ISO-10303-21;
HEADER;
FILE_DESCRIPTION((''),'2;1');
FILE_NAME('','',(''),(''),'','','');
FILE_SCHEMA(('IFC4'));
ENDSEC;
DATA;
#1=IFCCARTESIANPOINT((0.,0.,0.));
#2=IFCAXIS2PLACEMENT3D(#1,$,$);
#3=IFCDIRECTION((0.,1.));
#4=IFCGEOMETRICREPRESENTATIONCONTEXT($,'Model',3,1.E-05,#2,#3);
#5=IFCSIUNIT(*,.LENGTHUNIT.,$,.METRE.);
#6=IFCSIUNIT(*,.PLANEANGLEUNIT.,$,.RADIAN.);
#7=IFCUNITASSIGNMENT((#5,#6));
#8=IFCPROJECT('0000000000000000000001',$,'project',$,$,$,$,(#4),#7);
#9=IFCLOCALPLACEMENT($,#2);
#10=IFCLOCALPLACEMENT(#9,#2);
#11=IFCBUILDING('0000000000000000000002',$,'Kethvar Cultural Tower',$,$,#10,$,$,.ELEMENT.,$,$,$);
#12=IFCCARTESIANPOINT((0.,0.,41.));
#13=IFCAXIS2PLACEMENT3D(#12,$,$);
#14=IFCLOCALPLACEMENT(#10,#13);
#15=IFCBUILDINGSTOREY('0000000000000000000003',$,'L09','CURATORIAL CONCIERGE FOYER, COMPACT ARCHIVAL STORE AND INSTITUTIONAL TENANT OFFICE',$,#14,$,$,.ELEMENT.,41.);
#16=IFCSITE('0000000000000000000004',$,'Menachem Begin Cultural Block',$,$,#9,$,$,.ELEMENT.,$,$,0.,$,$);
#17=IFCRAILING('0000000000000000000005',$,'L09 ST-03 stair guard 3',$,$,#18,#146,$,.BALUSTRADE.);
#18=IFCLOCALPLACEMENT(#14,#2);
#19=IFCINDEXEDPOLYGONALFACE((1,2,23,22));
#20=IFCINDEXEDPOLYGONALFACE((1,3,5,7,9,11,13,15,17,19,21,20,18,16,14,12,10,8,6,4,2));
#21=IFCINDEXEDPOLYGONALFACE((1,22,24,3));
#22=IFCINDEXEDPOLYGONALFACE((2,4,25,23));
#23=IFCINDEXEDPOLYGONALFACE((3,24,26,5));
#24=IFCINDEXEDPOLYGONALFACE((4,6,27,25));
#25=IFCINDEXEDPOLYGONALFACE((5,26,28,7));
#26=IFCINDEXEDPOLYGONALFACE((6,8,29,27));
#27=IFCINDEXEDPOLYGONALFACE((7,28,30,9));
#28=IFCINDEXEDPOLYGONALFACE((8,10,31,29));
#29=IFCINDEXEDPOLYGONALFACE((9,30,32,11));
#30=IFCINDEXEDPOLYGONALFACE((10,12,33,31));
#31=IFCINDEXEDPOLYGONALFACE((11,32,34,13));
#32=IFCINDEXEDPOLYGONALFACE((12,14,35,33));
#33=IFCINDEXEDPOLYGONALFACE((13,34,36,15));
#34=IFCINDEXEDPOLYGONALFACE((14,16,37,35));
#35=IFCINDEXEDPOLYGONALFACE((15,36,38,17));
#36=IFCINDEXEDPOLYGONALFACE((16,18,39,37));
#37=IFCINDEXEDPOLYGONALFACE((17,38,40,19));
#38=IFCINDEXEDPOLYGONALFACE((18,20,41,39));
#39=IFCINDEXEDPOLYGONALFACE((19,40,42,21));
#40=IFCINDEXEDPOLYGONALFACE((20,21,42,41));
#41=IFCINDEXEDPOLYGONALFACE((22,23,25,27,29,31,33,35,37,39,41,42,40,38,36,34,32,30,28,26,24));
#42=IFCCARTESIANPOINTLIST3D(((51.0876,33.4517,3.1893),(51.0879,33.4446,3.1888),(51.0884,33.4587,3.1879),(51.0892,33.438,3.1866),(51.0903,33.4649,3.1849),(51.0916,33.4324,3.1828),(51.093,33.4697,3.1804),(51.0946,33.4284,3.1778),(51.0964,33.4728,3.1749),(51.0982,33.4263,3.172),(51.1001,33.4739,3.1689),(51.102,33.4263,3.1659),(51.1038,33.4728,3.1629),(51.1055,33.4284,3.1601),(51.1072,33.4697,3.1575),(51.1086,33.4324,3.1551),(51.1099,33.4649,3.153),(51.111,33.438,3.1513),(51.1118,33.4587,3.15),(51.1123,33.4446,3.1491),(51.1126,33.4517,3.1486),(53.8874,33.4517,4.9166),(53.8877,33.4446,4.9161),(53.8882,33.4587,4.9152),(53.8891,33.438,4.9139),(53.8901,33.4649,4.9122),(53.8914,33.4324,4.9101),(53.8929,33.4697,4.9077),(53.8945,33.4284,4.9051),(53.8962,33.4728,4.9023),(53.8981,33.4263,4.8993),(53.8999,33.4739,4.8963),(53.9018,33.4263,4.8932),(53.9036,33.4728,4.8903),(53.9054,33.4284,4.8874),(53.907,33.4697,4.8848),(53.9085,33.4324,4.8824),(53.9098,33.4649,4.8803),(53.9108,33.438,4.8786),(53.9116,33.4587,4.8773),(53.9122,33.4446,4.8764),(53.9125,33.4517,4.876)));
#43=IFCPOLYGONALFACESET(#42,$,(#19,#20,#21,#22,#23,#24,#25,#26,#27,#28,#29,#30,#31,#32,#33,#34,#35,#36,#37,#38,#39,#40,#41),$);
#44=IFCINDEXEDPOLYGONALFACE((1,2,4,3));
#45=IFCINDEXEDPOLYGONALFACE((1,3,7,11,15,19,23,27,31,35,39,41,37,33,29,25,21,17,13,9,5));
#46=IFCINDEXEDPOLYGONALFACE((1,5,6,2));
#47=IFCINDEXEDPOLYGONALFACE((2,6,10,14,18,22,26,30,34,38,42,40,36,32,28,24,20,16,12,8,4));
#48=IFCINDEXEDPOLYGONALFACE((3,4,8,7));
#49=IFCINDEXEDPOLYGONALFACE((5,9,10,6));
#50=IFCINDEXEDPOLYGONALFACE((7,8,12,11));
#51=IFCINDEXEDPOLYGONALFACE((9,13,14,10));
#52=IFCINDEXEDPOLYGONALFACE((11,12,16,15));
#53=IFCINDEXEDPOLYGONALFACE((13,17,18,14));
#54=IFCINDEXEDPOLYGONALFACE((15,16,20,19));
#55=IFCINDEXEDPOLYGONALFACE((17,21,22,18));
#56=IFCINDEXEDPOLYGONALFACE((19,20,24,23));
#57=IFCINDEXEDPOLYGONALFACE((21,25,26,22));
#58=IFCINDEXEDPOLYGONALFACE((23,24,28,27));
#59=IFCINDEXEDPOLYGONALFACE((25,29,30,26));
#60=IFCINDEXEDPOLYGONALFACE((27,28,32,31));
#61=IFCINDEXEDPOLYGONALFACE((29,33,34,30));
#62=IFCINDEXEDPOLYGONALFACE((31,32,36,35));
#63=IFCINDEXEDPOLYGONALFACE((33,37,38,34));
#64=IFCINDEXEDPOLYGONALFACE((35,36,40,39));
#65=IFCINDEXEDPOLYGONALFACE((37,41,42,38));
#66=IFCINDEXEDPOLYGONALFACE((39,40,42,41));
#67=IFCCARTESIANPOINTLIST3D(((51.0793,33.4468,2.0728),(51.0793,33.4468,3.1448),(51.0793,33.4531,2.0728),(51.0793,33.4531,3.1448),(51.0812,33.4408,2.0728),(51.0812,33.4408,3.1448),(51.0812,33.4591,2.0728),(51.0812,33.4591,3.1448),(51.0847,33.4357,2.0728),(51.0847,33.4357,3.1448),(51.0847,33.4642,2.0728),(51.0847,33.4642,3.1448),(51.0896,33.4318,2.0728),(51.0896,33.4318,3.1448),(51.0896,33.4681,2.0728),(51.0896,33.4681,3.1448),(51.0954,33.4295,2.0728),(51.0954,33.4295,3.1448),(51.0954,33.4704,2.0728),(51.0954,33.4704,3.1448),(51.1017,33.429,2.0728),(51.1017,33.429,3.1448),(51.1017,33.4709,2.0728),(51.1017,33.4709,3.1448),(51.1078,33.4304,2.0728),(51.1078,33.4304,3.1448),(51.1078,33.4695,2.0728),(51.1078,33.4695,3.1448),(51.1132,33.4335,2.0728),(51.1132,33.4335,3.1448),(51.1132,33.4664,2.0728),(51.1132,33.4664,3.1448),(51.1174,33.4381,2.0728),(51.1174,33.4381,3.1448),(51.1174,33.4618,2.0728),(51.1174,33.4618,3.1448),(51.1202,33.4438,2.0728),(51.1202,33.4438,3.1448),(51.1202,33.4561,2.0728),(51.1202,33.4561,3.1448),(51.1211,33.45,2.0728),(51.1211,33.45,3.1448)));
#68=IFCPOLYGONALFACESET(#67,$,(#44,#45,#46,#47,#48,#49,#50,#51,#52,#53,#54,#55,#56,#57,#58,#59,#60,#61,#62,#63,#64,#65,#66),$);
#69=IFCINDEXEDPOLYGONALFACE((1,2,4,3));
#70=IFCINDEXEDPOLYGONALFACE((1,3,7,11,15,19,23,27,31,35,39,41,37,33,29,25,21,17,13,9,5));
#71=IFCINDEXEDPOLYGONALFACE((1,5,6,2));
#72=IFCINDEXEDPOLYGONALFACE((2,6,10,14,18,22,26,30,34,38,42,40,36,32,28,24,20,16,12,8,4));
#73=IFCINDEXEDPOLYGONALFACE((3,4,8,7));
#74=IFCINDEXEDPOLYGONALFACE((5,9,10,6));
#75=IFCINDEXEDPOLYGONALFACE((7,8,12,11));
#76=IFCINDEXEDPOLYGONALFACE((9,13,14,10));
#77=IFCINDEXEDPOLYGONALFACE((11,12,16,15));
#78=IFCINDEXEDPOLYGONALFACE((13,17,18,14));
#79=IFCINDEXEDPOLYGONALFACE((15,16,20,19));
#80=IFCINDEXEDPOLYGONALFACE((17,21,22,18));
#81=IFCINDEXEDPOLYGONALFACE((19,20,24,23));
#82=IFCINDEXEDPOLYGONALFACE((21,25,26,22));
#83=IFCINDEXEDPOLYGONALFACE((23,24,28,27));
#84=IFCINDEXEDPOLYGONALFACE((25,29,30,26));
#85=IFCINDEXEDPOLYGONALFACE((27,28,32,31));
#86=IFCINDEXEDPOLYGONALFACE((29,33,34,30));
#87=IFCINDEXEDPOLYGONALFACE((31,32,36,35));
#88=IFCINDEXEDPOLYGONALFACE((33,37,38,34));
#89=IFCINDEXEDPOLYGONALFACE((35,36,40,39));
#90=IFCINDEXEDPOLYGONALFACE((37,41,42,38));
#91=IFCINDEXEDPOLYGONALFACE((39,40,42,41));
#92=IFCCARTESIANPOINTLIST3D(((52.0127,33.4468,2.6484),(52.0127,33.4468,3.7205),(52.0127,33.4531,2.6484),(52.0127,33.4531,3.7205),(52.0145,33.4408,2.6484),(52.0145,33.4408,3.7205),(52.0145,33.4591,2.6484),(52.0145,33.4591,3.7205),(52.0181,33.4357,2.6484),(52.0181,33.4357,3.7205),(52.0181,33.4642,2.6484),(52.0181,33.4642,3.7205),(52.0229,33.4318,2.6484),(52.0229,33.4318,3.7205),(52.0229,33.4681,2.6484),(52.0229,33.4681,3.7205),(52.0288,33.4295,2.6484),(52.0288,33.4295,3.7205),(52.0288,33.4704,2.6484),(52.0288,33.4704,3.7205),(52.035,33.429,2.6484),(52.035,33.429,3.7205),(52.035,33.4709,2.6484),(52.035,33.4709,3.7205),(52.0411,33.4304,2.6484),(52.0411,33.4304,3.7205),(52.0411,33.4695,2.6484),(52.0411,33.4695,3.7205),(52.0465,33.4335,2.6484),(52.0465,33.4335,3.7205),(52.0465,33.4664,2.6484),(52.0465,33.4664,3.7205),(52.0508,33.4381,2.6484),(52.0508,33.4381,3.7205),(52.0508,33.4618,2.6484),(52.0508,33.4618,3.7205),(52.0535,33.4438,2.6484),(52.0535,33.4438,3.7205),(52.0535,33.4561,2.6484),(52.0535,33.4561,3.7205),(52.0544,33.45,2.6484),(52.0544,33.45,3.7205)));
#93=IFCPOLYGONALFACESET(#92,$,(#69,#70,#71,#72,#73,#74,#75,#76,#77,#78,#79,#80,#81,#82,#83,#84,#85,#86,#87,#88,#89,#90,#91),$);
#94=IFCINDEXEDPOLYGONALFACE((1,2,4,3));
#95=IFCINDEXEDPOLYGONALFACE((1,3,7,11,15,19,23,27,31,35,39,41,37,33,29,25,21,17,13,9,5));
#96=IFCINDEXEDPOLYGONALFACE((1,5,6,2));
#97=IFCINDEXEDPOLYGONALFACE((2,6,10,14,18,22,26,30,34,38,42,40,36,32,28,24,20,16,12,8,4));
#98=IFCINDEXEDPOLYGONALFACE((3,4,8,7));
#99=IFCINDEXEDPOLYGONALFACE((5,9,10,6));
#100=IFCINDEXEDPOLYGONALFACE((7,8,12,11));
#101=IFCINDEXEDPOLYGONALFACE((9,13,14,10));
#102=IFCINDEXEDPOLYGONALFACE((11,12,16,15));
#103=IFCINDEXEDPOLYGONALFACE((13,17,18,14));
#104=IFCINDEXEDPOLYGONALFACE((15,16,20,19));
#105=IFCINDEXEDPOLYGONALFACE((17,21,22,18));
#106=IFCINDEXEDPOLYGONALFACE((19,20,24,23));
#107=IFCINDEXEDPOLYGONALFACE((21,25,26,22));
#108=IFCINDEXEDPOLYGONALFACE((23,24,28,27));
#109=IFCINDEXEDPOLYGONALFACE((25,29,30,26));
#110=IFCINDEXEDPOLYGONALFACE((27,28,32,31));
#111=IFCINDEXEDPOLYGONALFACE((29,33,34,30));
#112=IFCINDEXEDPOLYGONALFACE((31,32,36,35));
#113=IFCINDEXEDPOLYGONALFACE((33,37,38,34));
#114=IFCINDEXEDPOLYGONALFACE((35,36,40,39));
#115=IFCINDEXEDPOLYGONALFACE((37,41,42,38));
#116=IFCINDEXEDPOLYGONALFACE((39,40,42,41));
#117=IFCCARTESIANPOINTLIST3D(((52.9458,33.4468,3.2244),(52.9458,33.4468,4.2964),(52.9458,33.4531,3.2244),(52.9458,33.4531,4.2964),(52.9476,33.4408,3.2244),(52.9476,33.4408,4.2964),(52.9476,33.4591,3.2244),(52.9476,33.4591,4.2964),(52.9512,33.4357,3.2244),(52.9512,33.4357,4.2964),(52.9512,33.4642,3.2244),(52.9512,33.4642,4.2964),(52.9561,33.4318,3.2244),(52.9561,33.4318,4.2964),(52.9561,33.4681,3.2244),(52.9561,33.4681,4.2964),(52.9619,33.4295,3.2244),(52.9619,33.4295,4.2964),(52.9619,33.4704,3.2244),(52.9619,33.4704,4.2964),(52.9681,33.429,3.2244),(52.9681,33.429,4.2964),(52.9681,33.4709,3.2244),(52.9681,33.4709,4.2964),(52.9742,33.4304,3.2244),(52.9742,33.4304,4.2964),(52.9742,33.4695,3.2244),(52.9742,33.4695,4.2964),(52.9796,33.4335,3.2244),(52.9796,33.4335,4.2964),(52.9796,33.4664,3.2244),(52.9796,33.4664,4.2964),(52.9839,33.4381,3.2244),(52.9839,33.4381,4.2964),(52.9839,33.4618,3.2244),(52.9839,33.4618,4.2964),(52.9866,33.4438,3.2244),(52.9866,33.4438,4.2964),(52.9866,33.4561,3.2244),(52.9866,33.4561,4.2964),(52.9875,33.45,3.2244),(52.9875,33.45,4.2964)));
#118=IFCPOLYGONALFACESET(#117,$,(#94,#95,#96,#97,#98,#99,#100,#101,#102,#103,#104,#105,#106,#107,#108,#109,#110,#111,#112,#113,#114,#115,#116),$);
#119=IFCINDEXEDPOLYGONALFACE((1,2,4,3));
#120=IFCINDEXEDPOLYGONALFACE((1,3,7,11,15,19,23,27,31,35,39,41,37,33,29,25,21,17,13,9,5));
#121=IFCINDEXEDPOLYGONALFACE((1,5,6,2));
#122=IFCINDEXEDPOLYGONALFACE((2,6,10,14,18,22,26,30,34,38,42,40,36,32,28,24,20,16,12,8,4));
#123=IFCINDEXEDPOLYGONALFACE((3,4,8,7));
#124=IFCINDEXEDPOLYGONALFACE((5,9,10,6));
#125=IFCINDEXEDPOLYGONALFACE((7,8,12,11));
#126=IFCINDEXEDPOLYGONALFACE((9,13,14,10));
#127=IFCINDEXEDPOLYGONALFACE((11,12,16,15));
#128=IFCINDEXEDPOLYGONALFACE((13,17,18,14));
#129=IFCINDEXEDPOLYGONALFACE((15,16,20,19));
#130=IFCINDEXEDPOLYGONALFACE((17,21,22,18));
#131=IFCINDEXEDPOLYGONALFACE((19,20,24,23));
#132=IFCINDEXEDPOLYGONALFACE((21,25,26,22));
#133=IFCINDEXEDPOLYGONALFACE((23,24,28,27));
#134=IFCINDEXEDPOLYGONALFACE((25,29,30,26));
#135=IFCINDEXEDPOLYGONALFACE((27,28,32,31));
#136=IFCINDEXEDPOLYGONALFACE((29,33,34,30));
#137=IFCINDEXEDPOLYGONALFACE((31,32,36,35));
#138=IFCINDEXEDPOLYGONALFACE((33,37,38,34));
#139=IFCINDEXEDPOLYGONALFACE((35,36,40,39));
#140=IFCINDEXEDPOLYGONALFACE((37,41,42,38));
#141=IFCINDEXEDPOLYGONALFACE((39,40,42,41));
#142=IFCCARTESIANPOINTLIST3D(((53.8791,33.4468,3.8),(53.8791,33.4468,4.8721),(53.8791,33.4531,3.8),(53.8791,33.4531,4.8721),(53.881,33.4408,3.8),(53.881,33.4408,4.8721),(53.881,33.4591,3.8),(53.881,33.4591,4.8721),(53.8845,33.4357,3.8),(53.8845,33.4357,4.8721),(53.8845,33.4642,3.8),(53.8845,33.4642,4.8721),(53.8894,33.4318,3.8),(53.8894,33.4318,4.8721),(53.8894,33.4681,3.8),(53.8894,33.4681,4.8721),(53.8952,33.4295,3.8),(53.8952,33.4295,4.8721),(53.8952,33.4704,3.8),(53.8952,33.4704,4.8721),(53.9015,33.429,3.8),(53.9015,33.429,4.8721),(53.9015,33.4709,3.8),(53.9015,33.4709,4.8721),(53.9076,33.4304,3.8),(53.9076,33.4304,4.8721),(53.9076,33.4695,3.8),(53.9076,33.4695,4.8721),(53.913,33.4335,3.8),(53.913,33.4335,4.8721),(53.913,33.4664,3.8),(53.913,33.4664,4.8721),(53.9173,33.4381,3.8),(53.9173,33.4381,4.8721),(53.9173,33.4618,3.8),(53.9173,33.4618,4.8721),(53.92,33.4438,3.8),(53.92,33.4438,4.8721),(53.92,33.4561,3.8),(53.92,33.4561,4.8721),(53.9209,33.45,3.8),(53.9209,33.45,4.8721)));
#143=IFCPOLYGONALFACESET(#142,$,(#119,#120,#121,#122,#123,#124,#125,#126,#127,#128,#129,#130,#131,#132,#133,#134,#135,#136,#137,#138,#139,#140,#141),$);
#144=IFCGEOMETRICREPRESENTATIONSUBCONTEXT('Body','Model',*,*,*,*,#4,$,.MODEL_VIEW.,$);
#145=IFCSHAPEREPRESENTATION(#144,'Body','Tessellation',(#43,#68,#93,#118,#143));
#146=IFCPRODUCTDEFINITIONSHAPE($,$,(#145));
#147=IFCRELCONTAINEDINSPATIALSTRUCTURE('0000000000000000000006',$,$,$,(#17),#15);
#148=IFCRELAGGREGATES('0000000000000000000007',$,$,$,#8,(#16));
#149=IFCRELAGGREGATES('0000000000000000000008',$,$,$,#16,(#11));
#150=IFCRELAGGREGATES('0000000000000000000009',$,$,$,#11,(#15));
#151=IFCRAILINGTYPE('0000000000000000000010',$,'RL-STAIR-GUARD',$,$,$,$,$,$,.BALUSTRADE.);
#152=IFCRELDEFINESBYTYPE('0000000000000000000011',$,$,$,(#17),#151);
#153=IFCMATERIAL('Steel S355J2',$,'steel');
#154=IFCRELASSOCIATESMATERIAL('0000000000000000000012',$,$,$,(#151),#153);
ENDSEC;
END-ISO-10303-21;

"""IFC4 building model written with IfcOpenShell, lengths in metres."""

from ifc_helpers import new_model, si_unit, direction, frame, origin, origin_2d, place, context, subcontext, project, spatial, circle, extrude, material, type_object, element, save


model = new_model("IFC4")

# Units and contexts
model_context = context("Model", 3, precision=1e-05, world=origin(), true_north=direction((0.0, 1.0)))
body_context = subcontext(model_context, "Body", "Model", "MODEL_VIEW")
ifc_project = project(units=[si_unit("LENGTHUNIT", "METRE"), si_unit("PLANEANGLEUNIT", "RADIAN")], contexts=[model_context])

# Site, building, storey
site_placement = place(None, origin())
site = spatial("IfcSite", under=ifc_project, at=site_placement, Name="Menachem Begin Cultural Block", CompositionType="ELEMENT", RefElevation=0.0)
building_placement = place(site_placement, origin())
building = spatial("IfcBuilding", under=site, at=building_placement, Name="Kethvar Cultural Tower", CompositionType="ELEMENT")
storey_placement = place(building_placement, frame((0.0, 0.0, 41.0)))
storey = spatial("IfcBuildingStorey", under=building, at=storey_placement, Name="L09", Description="CURATORIAL CONCIERGE FOYER, COMPACT ARCHIVAL STORE AND INSTITUTIONAL TENANT OFFICE", CompositionType="ELEMENT", Elevation=41.0)

# Shared definitions
ifc_material_1 = material(Name="Steel S355J2", Category="steel")

# Railing
railing_type_1 = type_object("IfcRailingType", Name="RL-STAIR-GUARD", PredefinedType="BALUSTRADE", material=ifc_material_1)
railing_1_placement = place(storey_placement, frame((51.1001, 33.45, 2.0728)))
element("IfcRailing", 1, at=railing_1_placement, inside=storey, type_object=railing_type_1, Name="L09 ST-03 stair guard 3", PredefinedType="BALUSTRADE", context=body_context, shape_type="SweptSolid", body=[
    extrude(circle(Radius=0.0239, at=origin_2d()), frame((0.0, 0.0, 1.0962), z_axis=(0.851069, 0.0, 0.525054), x_axis=(0.0, 1.0, 0.0)), (0.0, 0.0, 1.0), 3.2898),
    extrude(circle(Radius=0.021, at=origin_2d()), origin(), (0.0, 0.0, 1.0), 1.072),
    extrude(circle(Radius=0.021, at=origin_2d()), frame((0.9333, 0.0, 0.5757)), (0.0, 0.0, 1.0), 1.072),
    extrude(circle(Radius=0.021, at=origin_2d()), frame((1.8665, 0.0, 1.1516)), (0.0, 0.0, 1.0), 1.072),
    extrude(circle(Radius=0.021, at=origin_2d()), frame((2.7998, 0.0, 1.7273)), (0.0, 0.0, 1.0), 1.072),
])

save(model, "model.ifc")
